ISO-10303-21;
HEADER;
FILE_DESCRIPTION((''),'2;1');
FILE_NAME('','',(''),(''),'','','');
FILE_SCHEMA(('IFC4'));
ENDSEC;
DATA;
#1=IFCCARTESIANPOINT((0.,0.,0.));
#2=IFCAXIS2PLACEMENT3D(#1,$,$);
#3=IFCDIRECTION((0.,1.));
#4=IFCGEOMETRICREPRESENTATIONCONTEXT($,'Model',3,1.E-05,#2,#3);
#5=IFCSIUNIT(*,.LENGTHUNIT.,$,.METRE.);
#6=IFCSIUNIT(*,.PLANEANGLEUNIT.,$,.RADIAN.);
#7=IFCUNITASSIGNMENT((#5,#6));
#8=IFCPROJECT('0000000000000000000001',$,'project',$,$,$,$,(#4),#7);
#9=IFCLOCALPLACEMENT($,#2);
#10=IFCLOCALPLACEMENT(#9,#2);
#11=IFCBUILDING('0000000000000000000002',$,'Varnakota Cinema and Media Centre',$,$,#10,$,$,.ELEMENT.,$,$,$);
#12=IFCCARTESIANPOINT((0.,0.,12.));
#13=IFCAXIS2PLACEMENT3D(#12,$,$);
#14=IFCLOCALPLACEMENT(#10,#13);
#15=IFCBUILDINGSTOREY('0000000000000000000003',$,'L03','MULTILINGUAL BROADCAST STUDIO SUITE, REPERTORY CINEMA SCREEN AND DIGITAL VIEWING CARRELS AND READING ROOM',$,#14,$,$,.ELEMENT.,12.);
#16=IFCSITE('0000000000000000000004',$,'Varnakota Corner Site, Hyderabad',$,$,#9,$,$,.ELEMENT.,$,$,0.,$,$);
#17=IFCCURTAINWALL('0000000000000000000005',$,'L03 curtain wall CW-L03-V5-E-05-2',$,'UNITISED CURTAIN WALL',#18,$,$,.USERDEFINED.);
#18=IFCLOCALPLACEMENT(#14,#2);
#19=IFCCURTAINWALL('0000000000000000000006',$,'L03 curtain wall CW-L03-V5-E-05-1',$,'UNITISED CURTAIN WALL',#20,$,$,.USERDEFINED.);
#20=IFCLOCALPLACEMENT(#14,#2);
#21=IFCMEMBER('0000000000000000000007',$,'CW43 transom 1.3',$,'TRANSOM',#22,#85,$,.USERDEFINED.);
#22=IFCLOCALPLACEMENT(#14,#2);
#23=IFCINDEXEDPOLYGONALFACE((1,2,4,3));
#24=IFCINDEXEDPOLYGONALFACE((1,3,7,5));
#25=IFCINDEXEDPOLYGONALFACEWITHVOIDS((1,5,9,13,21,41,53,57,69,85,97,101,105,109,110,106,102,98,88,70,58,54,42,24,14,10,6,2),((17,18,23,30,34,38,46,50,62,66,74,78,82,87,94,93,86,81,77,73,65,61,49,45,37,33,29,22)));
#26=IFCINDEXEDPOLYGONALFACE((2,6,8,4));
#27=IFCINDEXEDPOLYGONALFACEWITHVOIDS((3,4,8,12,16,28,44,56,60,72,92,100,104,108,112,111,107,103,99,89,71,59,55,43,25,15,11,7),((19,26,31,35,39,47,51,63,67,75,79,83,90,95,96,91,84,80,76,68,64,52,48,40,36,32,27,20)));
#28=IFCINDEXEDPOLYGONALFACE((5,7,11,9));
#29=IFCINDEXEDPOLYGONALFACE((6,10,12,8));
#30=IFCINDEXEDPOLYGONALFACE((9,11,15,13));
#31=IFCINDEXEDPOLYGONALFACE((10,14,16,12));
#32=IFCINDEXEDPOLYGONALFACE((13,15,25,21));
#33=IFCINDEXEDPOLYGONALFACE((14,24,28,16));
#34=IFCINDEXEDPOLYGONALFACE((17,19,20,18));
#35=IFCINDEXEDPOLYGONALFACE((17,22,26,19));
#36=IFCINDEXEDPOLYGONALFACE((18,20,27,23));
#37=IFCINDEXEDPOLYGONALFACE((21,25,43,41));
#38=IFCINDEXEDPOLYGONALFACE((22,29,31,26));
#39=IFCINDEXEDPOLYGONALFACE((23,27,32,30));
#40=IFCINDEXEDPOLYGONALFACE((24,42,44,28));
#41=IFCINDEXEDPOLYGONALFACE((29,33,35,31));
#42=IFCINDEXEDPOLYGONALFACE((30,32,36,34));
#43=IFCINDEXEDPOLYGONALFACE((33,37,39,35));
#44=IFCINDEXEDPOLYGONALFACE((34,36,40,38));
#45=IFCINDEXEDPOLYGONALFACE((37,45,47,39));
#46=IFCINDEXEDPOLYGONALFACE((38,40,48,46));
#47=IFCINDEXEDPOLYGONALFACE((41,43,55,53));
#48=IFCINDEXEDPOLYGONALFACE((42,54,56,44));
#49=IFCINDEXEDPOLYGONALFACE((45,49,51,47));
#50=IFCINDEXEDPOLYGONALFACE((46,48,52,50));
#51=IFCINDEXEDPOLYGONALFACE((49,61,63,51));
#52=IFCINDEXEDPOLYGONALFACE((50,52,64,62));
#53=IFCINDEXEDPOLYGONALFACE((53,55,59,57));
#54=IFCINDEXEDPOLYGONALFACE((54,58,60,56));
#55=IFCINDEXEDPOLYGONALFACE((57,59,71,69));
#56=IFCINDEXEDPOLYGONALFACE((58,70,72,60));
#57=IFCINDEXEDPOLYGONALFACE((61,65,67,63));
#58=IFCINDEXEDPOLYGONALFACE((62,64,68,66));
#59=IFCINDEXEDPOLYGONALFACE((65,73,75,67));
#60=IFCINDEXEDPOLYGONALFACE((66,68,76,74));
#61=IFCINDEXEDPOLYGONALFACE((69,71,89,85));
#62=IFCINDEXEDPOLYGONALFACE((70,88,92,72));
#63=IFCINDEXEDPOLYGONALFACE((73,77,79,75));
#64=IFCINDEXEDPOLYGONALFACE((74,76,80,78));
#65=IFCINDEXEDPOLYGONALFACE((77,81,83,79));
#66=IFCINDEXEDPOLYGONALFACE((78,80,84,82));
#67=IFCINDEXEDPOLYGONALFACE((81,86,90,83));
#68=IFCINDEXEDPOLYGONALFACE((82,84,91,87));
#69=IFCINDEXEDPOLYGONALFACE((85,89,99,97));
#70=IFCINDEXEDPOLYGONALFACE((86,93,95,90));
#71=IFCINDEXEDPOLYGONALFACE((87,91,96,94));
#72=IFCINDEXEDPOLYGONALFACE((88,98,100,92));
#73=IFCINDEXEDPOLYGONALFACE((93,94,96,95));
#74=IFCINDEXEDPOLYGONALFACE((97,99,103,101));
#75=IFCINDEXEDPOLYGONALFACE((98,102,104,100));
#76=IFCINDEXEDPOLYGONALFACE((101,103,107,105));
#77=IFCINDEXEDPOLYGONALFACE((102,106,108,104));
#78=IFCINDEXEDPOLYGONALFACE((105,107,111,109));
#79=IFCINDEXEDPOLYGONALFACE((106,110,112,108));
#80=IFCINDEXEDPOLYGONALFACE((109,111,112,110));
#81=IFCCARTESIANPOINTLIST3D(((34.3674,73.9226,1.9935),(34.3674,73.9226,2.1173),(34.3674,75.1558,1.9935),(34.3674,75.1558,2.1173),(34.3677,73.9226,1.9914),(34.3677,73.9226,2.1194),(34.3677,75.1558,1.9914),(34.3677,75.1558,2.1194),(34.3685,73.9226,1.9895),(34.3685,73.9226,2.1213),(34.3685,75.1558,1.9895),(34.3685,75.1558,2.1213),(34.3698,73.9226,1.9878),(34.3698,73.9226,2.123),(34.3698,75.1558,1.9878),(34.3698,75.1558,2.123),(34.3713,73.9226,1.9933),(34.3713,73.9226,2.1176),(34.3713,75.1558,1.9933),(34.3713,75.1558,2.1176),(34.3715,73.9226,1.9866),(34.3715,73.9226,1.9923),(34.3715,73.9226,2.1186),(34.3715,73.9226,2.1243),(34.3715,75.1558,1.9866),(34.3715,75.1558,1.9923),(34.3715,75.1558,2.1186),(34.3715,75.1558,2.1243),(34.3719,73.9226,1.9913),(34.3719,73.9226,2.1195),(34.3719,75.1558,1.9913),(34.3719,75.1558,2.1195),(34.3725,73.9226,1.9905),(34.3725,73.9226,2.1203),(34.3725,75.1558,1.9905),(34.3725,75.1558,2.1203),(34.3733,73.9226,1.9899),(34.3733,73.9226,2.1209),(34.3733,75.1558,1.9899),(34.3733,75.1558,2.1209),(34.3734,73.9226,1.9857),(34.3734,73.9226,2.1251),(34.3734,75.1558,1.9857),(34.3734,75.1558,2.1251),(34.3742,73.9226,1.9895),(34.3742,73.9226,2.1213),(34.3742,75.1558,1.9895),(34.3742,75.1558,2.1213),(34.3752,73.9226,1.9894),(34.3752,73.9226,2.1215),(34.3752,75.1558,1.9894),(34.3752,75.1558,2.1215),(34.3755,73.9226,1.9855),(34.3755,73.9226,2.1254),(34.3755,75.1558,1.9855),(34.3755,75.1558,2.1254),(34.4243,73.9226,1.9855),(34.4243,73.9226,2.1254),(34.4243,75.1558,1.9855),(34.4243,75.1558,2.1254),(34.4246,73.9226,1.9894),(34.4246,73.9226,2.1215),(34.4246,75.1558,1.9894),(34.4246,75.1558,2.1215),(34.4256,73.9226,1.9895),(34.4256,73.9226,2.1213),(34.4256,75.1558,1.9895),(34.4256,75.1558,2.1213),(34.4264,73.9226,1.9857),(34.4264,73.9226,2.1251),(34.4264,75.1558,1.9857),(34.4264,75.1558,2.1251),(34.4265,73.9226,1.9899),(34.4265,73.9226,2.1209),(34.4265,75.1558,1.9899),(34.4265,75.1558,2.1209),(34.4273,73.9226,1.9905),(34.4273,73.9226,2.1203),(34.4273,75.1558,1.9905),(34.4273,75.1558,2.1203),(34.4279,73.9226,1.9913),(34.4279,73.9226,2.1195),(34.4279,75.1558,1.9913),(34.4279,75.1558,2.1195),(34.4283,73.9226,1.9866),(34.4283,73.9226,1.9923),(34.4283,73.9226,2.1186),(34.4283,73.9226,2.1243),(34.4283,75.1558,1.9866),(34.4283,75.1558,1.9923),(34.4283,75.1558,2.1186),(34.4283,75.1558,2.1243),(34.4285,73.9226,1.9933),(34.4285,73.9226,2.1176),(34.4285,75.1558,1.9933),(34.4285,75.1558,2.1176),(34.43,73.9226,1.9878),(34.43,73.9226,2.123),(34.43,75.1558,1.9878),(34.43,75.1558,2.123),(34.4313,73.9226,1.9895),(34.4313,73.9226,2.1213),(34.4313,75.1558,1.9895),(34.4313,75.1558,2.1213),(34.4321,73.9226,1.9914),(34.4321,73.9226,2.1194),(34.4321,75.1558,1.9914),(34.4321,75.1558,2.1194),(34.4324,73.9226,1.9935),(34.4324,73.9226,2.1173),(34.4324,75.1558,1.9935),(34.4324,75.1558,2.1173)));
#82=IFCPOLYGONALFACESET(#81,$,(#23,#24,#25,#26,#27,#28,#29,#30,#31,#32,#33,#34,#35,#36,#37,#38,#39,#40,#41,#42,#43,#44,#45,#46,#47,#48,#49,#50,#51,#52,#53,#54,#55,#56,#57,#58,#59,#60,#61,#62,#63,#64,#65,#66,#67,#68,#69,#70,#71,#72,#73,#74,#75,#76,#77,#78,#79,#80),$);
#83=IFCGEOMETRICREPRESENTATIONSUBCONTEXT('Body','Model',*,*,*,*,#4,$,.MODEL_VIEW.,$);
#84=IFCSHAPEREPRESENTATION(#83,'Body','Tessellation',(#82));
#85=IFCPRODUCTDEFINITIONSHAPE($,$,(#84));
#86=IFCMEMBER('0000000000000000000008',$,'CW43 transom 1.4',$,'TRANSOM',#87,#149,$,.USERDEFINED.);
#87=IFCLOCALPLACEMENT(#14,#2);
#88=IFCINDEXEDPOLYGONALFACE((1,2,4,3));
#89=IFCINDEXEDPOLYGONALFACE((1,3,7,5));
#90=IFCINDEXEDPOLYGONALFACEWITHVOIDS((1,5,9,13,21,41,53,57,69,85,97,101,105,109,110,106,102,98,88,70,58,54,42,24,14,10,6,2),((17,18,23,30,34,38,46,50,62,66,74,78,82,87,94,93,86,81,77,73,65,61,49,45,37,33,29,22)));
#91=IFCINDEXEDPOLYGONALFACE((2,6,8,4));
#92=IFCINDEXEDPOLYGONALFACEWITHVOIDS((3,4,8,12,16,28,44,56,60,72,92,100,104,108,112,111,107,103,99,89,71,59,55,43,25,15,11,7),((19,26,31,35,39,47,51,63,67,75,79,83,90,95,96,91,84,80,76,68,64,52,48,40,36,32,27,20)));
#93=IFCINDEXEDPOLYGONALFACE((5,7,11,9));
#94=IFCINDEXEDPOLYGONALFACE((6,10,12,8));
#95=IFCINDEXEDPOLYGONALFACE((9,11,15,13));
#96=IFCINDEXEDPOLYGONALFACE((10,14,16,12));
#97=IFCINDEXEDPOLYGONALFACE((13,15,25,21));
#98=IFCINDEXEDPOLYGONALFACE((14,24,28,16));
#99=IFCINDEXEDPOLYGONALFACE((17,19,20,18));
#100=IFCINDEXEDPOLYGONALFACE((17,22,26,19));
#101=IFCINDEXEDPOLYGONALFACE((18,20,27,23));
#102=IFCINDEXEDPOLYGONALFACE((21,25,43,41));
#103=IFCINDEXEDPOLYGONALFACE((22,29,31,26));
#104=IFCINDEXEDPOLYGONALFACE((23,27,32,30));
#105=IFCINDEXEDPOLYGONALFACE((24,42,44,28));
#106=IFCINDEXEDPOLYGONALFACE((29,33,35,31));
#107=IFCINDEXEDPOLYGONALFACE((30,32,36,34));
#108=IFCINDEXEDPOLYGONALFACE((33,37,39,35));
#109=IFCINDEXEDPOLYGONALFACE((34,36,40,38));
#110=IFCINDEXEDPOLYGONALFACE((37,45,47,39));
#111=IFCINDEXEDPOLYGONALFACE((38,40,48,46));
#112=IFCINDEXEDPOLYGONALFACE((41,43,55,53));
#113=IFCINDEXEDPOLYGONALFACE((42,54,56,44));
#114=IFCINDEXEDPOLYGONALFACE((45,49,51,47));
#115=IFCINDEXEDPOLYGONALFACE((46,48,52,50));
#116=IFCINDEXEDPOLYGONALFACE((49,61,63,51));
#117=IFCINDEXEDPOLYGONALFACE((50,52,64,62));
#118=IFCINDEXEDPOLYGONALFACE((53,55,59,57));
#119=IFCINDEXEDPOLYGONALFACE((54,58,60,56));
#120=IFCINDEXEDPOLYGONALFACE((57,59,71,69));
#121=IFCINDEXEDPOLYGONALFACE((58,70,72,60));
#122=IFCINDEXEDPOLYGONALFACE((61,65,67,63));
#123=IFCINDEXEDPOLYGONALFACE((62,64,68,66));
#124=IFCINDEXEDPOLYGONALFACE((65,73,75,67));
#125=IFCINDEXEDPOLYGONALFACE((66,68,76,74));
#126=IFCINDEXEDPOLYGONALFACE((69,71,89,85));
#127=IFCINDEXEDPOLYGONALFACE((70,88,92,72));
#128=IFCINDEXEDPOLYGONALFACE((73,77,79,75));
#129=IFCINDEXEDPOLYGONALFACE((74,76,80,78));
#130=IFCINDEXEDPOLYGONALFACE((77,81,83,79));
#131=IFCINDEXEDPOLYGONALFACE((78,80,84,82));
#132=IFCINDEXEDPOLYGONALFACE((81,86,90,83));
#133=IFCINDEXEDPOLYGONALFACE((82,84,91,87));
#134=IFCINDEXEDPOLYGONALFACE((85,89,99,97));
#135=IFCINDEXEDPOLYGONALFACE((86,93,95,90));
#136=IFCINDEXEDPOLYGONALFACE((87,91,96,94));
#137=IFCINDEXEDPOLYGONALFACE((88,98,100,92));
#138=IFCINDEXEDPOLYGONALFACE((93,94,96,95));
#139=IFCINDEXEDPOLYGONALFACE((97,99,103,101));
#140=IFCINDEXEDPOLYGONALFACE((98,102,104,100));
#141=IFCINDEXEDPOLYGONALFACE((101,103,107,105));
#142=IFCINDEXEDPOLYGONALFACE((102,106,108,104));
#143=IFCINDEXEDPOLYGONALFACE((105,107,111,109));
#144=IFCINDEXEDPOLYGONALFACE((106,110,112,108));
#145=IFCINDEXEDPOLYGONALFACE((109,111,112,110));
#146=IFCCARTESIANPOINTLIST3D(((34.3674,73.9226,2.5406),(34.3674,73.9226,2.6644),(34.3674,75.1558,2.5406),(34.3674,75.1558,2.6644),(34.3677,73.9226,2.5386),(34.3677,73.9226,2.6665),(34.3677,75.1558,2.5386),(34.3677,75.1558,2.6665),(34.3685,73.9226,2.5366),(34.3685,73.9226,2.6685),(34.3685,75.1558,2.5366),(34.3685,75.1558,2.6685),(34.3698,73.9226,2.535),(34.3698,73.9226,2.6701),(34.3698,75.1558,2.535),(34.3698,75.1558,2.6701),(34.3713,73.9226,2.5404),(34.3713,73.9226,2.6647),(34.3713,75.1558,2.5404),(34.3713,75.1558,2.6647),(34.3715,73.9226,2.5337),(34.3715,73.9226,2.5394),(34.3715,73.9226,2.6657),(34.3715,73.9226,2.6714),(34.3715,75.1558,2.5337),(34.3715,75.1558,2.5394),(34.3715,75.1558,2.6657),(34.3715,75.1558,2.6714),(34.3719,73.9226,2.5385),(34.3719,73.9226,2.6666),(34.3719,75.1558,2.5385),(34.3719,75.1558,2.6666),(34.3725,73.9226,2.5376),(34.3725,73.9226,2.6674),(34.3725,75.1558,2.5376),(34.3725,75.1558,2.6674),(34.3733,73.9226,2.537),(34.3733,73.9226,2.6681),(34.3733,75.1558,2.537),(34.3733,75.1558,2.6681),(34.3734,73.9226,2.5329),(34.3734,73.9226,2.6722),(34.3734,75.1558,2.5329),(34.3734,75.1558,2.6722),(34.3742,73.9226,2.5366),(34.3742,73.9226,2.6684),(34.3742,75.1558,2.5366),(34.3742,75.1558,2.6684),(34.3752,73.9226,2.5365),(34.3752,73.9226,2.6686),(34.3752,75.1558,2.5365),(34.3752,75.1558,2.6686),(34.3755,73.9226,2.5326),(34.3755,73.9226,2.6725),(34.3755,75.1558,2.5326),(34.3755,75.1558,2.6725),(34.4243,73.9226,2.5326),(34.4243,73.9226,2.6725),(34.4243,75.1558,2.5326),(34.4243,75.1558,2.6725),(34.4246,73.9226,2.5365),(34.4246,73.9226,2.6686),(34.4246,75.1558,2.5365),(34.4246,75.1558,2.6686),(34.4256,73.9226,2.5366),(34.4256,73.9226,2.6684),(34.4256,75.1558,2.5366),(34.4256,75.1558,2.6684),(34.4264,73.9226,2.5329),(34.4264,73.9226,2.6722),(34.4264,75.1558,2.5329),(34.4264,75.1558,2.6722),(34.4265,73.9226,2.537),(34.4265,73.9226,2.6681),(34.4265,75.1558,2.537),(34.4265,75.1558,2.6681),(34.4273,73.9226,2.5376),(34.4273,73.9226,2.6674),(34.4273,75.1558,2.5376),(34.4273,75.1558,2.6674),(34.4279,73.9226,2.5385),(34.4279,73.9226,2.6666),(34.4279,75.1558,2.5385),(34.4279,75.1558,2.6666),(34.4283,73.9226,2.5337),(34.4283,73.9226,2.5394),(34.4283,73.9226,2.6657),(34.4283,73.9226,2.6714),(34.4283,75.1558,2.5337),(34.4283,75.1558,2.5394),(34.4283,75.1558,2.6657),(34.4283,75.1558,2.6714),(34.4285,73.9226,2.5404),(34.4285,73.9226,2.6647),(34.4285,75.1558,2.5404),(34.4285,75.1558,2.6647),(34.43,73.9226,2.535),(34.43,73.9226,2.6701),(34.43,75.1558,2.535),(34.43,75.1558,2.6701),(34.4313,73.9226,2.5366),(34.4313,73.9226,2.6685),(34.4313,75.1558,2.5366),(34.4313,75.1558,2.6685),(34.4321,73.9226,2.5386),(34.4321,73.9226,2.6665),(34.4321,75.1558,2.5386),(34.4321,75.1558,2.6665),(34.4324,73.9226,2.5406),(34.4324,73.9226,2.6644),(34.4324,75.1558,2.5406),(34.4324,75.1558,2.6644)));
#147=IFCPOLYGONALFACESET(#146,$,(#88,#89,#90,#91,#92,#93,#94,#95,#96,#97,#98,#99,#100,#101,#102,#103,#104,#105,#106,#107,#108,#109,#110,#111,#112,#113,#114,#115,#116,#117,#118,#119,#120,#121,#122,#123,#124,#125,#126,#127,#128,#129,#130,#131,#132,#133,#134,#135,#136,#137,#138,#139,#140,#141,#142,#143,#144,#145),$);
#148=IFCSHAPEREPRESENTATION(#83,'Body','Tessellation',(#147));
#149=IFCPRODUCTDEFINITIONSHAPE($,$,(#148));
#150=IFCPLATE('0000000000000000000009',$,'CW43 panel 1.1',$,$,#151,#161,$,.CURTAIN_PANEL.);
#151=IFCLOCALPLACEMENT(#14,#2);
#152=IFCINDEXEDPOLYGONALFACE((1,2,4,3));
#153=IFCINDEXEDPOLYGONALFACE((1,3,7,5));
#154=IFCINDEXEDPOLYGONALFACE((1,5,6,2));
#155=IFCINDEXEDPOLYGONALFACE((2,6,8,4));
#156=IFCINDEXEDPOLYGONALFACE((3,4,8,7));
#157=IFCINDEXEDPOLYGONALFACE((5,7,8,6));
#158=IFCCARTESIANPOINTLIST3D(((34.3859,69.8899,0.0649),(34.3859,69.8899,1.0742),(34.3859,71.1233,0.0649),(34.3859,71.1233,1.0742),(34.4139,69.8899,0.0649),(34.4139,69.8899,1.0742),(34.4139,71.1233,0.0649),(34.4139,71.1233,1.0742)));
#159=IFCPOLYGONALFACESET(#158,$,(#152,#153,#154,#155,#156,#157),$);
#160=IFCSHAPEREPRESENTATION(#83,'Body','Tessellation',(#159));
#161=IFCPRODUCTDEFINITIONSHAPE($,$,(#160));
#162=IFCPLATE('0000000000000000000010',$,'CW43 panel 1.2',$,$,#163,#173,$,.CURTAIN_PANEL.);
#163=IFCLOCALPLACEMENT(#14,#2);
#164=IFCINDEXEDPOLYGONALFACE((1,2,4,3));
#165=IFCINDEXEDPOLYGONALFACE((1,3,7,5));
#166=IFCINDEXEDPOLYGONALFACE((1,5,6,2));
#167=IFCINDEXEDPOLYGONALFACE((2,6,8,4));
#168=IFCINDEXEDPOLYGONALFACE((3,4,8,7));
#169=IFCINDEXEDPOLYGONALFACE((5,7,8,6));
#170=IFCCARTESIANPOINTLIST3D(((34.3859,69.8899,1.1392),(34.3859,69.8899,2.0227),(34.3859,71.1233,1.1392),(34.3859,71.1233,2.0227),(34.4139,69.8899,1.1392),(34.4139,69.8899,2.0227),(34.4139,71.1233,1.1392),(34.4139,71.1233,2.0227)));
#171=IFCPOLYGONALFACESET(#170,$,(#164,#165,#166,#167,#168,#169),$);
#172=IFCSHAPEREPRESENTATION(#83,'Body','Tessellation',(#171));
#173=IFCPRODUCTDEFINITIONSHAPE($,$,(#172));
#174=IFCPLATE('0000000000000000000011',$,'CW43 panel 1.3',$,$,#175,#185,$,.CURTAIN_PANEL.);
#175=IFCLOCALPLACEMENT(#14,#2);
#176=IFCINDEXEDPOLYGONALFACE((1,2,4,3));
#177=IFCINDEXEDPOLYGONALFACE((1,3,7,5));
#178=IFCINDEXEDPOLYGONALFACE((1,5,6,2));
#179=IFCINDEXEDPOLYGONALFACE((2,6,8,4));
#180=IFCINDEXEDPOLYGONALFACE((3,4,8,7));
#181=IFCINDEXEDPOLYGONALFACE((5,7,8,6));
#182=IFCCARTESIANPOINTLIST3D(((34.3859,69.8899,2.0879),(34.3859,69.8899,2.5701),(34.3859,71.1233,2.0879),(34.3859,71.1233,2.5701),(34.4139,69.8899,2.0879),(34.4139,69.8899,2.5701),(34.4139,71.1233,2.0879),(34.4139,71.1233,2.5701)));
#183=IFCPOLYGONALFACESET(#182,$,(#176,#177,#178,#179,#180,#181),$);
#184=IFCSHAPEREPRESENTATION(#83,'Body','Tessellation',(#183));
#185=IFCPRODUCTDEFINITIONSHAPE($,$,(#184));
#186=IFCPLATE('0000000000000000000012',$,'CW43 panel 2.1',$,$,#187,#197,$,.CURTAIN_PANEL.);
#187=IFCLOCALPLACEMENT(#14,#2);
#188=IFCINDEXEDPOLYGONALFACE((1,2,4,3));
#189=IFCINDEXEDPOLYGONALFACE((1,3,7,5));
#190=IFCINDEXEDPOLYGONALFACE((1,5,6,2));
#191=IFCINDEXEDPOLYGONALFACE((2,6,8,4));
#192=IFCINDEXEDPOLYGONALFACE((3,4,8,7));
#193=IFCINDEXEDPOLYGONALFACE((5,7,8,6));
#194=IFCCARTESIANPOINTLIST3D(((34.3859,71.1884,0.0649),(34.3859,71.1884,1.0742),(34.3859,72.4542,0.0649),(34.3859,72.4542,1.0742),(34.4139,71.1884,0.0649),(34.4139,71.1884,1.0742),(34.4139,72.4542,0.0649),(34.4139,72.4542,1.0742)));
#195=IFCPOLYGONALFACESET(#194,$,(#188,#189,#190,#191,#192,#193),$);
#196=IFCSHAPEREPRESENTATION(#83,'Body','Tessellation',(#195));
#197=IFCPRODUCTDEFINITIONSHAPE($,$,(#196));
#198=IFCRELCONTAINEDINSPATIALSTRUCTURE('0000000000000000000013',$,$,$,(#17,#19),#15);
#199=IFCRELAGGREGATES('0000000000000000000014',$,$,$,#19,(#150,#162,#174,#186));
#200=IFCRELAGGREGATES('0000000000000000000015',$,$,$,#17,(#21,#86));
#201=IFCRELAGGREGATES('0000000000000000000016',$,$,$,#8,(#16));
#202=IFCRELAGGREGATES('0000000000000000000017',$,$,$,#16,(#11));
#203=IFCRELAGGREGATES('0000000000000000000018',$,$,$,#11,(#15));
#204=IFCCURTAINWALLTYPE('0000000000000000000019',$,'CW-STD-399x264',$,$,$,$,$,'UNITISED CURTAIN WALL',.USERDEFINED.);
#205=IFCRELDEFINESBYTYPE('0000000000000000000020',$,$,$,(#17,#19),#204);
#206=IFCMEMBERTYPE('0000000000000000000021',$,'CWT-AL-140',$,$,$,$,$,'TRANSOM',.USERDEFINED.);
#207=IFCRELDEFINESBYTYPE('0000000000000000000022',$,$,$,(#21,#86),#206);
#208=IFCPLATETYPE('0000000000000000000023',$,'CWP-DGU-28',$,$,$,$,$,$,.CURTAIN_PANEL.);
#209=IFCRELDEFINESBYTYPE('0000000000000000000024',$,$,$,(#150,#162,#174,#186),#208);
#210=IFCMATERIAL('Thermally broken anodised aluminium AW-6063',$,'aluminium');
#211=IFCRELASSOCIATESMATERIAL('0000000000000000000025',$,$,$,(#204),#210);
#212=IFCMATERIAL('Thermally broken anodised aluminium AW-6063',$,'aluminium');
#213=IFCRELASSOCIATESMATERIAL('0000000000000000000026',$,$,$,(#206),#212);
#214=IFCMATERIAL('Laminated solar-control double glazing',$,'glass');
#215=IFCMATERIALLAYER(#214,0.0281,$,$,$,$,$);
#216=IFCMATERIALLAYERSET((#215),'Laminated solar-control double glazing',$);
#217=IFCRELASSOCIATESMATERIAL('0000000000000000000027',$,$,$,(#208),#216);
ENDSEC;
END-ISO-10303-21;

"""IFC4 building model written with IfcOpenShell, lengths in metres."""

from ifc_helpers import new_model, si_unit, direction, frame, origin, origin_2d, place, context, subcontext, project, spatial, rectangle, hollow_rectangle, extrude, material, layer, layer_set, material_profile, profile_set, type_object, element, aggregate, save


model = new_model("IFC4")

# Units and contexts
model_context = context("Model", 3, precision=1e-05, world=origin(), true_north=direction((0.0, 1.0)))
body_context = subcontext(model_context, "Body", "Model", "MODEL_VIEW")
ifc_project = project(units=[si_unit("LENGTHUNIT", "METRE"), si_unit("PLANEANGLEUNIT", "RADIAN")], contexts=[model_context])

# Site, building, storey
site_placement = place(None, origin())
site = spatial("IfcSite", under=ifc_project, at=site_placement, Name="Varnakota Corner Site, Hyderabad", CompositionType="ELEMENT", RefElevation=0.0)
building_placement = place(site_placement, origin())
building = spatial("IfcBuilding", under=site, at=building_placement, Name="Varnakota Cinema and Media Centre", CompositionType="ELEMENT")
storey_placement = place(building_placement, frame((0.0, 0.0, 12.0)))
storey = spatial("IfcBuildingStorey", under=building, at=storey_placement, Name="L03", Description="MULTILINGUAL BROADCAST STUDIO SUITE, REPERTORY CINEMA SCREEN AND DIGITAL VIEWING CARRELS AND READING ROOM", CompositionType="ELEMENT", Elevation=12.0)

# Curtain wall
ifc_material_1 = material(Name="Thermally broken anodised aluminium AW-6063", Category="aluminium")
curtain_wall_type = type_object("IfcCurtainWallType", Name="CW-STD-399x264", ElementType="UNITISED CURTAIN WALL", PredefinedType="USERDEFINED", material=ifc_material_1)
curtain_wall_1_placement = place(storey_placement, origin())
curtain_wall_1 = element("IfcCurtainWall", 1, at=curtain_wall_1_placement, inside=storey, type_object=curtain_wall_type, Name="L03 curtain wall CW-L03-V5-E-05-2", ObjectType="UNITISED CURTAIN WALL", PredefinedType="USERDEFINED")

# Curtain wall
curtain_wall_2_placement = place(storey_placement, origin())
curtain_wall_2 = element("IfcCurtainWall", 2, at=curtain_wall_2_placement, inside=storey, type_object=curtain_wall_type, Name="L03 curtain wall CW-L03-V5-E-05-1", ObjectType="UNITISED CURTAIN WALL", PredefinedType="USERDEFINED")
ifc_material_2 = material(Name="Thermally broken anodised aluminium AW-6063", Category="aluminium")
ifc_material_profile_1 = material_profile(ifc_material_2, hollow_rectangle(XDim=0.0649, YDim=0.1399, WallThickness=0.0039, InnerFilletRadius=0.0039, OuterFilletRadius=0.0081, at=origin_2d()), Name="AL-TRANSOM 140x65x4")
ifc_profile_set_1 = profile_set([ifc_material_profile_1], Name="Thermally broken anodised aluminium AW-6063")
member_type_1 = type_object("IfcMemberType", Name="CWT-AL-140", ElementType="TRANSOM", PredefinedType="USERDEFINED", material=ifc_profile_set_1)

# Members
member_1_placement = place(storey_placement, frame((34.3999, 73.9226, 2.0554), z_axis=(0.0, 1.0, 0.0), x_axis=(-1.0, 0.0, 0.0)))
member_1 = element("IfcMember", 3, at=member_1_placement, type_object=member_type_1, Name="CW43 transom 1.3", ObjectType="TRANSOM", PredefinedType="USERDEFINED", context=body_context, shape_type="SweptSolid", body=[
    extrude(hollow_rectangle(XDim=0.0649, YDim=0.1399, WallThickness=0.0039, InnerFilletRadius=0.0039, OuterFilletRadius=0.0081, at=origin_2d()), origin(), (0.0, 0.0, 1.0), 1.2332),
])
member_2_placement = place(storey_placement, frame((34.3999, 73.9226, 2.6025), z_axis=(0.0, 1.0, 0.0), x_axis=(-1.0, 0.0, 0.0)))
member_2 = element("IfcMember", 4, at=member_2_placement, type_object=member_type_1, Name="CW43 transom 1.4", ObjectType="TRANSOM", PredefinedType="USERDEFINED", context=body_context, shape_type="SweptSolid", body=[
    extrude(hollow_rectangle(XDim=0.0649, YDim=0.1399, WallThickness=0.0039, InnerFilletRadius=0.0039, OuterFilletRadius=0.0081, at=origin_2d()), origin(), (0.0, 0.0, 1.0), 1.2332),
])

# Plates
ifc_material_3 = material(Name="Laminated solar-control double glazing", Category="glass")
ifc_layer = layer(ifc_material_3, 0.0281)
ifc_layer_set = layer_set([ifc_layer], Name="Laminated solar-control double glazing")
plate_type = type_object("IfcPlateType", Name="CWP-DGU-28", PredefinedType="CURTAIN_PANEL", material=ifc_layer_set)
plate_1_placement = place(storey_placement, frame((34.3999, 70.5066, 0.0649), z_axis=(0.0, 0.0, 1.0), x_axis=(0.0, 1.0, 0.0)))
plate_1 = element("IfcPlate", 5, at=plate_1_placement, type_object=plate_type, Name="CW43 panel 1.1", PredefinedType="CURTAIN_PANEL", context=body_context, shape_type="SweptSolid", body=[
    extrude(rectangle(XDim=1.2334, YDim=0.0281, at=origin_2d()), origin(), (0.0, 0.0, 1.0), 1.0093),
])
plate_2_placement = place(storey_placement, frame((34.3999, 70.5066, 1.1392), z_axis=(0.0, 0.0, 1.0), x_axis=(0.0, 1.0, 0.0)))
plate_2 = element("IfcPlate", 6, at=plate_2_placement, type_object=plate_type, Name="CW43 panel 1.2", PredefinedType="CURTAIN_PANEL", context=body_context, shape_type="SweptSolid", body=[
    extrude(rectangle(XDim=1.2334, YDim=0.0281, at=origin_2d()), origin(), (0.0, 0.0, 1.0), 0.8835),
])
plate_3_placement = place(storey_placement, frame((34.3999, 70.5066, 2.0879), z_axis=(0.0, 0.0, 1.0), x_axis=(0.0, 1.0, 0.0)))
plate_3 = element("IfcPlate", 7, at=plate_3_placement, type_object=plate_type, Name="CW43 panel 1.3", PredefinedType="CURTAIN_PANEL", context=body_context, shape_type="SweptSolid", body=[
    extrude(rectangle(XDim=1.2334, YDim=0.0281, at=origin_2d()), origin(), (0.0, 0.0, 1.0), 0.4822),
])
plate_4_placement = place(storey_placement, frame((34.3999, 71.8213, 0.0649), z_axis=(0.0, 0.0, 1.0), x_axis=(0.0, 1.0, 0.0)))
plate_4 = element("IfcPlate", 8, at=plate_4_placement, type_object=plate_type, Name="CW43 panel 2.1", PredefinedType="CURTAIN_PANEL", context=body_context, shape_type="SweptSolid", body=[
    extrude(rectangle(XDim=1.2659, YDim=0.0281, at=origin_2d()), origin(), (0.0, 0.0, 1.0), 1.0093),
])
aggregate(curtain_wall_2, [plate_1, plate_2, plate_3, plate_4])
aggregate(curtain_wall_1, [member_1, member_2])

save(model, "model.ifc")
